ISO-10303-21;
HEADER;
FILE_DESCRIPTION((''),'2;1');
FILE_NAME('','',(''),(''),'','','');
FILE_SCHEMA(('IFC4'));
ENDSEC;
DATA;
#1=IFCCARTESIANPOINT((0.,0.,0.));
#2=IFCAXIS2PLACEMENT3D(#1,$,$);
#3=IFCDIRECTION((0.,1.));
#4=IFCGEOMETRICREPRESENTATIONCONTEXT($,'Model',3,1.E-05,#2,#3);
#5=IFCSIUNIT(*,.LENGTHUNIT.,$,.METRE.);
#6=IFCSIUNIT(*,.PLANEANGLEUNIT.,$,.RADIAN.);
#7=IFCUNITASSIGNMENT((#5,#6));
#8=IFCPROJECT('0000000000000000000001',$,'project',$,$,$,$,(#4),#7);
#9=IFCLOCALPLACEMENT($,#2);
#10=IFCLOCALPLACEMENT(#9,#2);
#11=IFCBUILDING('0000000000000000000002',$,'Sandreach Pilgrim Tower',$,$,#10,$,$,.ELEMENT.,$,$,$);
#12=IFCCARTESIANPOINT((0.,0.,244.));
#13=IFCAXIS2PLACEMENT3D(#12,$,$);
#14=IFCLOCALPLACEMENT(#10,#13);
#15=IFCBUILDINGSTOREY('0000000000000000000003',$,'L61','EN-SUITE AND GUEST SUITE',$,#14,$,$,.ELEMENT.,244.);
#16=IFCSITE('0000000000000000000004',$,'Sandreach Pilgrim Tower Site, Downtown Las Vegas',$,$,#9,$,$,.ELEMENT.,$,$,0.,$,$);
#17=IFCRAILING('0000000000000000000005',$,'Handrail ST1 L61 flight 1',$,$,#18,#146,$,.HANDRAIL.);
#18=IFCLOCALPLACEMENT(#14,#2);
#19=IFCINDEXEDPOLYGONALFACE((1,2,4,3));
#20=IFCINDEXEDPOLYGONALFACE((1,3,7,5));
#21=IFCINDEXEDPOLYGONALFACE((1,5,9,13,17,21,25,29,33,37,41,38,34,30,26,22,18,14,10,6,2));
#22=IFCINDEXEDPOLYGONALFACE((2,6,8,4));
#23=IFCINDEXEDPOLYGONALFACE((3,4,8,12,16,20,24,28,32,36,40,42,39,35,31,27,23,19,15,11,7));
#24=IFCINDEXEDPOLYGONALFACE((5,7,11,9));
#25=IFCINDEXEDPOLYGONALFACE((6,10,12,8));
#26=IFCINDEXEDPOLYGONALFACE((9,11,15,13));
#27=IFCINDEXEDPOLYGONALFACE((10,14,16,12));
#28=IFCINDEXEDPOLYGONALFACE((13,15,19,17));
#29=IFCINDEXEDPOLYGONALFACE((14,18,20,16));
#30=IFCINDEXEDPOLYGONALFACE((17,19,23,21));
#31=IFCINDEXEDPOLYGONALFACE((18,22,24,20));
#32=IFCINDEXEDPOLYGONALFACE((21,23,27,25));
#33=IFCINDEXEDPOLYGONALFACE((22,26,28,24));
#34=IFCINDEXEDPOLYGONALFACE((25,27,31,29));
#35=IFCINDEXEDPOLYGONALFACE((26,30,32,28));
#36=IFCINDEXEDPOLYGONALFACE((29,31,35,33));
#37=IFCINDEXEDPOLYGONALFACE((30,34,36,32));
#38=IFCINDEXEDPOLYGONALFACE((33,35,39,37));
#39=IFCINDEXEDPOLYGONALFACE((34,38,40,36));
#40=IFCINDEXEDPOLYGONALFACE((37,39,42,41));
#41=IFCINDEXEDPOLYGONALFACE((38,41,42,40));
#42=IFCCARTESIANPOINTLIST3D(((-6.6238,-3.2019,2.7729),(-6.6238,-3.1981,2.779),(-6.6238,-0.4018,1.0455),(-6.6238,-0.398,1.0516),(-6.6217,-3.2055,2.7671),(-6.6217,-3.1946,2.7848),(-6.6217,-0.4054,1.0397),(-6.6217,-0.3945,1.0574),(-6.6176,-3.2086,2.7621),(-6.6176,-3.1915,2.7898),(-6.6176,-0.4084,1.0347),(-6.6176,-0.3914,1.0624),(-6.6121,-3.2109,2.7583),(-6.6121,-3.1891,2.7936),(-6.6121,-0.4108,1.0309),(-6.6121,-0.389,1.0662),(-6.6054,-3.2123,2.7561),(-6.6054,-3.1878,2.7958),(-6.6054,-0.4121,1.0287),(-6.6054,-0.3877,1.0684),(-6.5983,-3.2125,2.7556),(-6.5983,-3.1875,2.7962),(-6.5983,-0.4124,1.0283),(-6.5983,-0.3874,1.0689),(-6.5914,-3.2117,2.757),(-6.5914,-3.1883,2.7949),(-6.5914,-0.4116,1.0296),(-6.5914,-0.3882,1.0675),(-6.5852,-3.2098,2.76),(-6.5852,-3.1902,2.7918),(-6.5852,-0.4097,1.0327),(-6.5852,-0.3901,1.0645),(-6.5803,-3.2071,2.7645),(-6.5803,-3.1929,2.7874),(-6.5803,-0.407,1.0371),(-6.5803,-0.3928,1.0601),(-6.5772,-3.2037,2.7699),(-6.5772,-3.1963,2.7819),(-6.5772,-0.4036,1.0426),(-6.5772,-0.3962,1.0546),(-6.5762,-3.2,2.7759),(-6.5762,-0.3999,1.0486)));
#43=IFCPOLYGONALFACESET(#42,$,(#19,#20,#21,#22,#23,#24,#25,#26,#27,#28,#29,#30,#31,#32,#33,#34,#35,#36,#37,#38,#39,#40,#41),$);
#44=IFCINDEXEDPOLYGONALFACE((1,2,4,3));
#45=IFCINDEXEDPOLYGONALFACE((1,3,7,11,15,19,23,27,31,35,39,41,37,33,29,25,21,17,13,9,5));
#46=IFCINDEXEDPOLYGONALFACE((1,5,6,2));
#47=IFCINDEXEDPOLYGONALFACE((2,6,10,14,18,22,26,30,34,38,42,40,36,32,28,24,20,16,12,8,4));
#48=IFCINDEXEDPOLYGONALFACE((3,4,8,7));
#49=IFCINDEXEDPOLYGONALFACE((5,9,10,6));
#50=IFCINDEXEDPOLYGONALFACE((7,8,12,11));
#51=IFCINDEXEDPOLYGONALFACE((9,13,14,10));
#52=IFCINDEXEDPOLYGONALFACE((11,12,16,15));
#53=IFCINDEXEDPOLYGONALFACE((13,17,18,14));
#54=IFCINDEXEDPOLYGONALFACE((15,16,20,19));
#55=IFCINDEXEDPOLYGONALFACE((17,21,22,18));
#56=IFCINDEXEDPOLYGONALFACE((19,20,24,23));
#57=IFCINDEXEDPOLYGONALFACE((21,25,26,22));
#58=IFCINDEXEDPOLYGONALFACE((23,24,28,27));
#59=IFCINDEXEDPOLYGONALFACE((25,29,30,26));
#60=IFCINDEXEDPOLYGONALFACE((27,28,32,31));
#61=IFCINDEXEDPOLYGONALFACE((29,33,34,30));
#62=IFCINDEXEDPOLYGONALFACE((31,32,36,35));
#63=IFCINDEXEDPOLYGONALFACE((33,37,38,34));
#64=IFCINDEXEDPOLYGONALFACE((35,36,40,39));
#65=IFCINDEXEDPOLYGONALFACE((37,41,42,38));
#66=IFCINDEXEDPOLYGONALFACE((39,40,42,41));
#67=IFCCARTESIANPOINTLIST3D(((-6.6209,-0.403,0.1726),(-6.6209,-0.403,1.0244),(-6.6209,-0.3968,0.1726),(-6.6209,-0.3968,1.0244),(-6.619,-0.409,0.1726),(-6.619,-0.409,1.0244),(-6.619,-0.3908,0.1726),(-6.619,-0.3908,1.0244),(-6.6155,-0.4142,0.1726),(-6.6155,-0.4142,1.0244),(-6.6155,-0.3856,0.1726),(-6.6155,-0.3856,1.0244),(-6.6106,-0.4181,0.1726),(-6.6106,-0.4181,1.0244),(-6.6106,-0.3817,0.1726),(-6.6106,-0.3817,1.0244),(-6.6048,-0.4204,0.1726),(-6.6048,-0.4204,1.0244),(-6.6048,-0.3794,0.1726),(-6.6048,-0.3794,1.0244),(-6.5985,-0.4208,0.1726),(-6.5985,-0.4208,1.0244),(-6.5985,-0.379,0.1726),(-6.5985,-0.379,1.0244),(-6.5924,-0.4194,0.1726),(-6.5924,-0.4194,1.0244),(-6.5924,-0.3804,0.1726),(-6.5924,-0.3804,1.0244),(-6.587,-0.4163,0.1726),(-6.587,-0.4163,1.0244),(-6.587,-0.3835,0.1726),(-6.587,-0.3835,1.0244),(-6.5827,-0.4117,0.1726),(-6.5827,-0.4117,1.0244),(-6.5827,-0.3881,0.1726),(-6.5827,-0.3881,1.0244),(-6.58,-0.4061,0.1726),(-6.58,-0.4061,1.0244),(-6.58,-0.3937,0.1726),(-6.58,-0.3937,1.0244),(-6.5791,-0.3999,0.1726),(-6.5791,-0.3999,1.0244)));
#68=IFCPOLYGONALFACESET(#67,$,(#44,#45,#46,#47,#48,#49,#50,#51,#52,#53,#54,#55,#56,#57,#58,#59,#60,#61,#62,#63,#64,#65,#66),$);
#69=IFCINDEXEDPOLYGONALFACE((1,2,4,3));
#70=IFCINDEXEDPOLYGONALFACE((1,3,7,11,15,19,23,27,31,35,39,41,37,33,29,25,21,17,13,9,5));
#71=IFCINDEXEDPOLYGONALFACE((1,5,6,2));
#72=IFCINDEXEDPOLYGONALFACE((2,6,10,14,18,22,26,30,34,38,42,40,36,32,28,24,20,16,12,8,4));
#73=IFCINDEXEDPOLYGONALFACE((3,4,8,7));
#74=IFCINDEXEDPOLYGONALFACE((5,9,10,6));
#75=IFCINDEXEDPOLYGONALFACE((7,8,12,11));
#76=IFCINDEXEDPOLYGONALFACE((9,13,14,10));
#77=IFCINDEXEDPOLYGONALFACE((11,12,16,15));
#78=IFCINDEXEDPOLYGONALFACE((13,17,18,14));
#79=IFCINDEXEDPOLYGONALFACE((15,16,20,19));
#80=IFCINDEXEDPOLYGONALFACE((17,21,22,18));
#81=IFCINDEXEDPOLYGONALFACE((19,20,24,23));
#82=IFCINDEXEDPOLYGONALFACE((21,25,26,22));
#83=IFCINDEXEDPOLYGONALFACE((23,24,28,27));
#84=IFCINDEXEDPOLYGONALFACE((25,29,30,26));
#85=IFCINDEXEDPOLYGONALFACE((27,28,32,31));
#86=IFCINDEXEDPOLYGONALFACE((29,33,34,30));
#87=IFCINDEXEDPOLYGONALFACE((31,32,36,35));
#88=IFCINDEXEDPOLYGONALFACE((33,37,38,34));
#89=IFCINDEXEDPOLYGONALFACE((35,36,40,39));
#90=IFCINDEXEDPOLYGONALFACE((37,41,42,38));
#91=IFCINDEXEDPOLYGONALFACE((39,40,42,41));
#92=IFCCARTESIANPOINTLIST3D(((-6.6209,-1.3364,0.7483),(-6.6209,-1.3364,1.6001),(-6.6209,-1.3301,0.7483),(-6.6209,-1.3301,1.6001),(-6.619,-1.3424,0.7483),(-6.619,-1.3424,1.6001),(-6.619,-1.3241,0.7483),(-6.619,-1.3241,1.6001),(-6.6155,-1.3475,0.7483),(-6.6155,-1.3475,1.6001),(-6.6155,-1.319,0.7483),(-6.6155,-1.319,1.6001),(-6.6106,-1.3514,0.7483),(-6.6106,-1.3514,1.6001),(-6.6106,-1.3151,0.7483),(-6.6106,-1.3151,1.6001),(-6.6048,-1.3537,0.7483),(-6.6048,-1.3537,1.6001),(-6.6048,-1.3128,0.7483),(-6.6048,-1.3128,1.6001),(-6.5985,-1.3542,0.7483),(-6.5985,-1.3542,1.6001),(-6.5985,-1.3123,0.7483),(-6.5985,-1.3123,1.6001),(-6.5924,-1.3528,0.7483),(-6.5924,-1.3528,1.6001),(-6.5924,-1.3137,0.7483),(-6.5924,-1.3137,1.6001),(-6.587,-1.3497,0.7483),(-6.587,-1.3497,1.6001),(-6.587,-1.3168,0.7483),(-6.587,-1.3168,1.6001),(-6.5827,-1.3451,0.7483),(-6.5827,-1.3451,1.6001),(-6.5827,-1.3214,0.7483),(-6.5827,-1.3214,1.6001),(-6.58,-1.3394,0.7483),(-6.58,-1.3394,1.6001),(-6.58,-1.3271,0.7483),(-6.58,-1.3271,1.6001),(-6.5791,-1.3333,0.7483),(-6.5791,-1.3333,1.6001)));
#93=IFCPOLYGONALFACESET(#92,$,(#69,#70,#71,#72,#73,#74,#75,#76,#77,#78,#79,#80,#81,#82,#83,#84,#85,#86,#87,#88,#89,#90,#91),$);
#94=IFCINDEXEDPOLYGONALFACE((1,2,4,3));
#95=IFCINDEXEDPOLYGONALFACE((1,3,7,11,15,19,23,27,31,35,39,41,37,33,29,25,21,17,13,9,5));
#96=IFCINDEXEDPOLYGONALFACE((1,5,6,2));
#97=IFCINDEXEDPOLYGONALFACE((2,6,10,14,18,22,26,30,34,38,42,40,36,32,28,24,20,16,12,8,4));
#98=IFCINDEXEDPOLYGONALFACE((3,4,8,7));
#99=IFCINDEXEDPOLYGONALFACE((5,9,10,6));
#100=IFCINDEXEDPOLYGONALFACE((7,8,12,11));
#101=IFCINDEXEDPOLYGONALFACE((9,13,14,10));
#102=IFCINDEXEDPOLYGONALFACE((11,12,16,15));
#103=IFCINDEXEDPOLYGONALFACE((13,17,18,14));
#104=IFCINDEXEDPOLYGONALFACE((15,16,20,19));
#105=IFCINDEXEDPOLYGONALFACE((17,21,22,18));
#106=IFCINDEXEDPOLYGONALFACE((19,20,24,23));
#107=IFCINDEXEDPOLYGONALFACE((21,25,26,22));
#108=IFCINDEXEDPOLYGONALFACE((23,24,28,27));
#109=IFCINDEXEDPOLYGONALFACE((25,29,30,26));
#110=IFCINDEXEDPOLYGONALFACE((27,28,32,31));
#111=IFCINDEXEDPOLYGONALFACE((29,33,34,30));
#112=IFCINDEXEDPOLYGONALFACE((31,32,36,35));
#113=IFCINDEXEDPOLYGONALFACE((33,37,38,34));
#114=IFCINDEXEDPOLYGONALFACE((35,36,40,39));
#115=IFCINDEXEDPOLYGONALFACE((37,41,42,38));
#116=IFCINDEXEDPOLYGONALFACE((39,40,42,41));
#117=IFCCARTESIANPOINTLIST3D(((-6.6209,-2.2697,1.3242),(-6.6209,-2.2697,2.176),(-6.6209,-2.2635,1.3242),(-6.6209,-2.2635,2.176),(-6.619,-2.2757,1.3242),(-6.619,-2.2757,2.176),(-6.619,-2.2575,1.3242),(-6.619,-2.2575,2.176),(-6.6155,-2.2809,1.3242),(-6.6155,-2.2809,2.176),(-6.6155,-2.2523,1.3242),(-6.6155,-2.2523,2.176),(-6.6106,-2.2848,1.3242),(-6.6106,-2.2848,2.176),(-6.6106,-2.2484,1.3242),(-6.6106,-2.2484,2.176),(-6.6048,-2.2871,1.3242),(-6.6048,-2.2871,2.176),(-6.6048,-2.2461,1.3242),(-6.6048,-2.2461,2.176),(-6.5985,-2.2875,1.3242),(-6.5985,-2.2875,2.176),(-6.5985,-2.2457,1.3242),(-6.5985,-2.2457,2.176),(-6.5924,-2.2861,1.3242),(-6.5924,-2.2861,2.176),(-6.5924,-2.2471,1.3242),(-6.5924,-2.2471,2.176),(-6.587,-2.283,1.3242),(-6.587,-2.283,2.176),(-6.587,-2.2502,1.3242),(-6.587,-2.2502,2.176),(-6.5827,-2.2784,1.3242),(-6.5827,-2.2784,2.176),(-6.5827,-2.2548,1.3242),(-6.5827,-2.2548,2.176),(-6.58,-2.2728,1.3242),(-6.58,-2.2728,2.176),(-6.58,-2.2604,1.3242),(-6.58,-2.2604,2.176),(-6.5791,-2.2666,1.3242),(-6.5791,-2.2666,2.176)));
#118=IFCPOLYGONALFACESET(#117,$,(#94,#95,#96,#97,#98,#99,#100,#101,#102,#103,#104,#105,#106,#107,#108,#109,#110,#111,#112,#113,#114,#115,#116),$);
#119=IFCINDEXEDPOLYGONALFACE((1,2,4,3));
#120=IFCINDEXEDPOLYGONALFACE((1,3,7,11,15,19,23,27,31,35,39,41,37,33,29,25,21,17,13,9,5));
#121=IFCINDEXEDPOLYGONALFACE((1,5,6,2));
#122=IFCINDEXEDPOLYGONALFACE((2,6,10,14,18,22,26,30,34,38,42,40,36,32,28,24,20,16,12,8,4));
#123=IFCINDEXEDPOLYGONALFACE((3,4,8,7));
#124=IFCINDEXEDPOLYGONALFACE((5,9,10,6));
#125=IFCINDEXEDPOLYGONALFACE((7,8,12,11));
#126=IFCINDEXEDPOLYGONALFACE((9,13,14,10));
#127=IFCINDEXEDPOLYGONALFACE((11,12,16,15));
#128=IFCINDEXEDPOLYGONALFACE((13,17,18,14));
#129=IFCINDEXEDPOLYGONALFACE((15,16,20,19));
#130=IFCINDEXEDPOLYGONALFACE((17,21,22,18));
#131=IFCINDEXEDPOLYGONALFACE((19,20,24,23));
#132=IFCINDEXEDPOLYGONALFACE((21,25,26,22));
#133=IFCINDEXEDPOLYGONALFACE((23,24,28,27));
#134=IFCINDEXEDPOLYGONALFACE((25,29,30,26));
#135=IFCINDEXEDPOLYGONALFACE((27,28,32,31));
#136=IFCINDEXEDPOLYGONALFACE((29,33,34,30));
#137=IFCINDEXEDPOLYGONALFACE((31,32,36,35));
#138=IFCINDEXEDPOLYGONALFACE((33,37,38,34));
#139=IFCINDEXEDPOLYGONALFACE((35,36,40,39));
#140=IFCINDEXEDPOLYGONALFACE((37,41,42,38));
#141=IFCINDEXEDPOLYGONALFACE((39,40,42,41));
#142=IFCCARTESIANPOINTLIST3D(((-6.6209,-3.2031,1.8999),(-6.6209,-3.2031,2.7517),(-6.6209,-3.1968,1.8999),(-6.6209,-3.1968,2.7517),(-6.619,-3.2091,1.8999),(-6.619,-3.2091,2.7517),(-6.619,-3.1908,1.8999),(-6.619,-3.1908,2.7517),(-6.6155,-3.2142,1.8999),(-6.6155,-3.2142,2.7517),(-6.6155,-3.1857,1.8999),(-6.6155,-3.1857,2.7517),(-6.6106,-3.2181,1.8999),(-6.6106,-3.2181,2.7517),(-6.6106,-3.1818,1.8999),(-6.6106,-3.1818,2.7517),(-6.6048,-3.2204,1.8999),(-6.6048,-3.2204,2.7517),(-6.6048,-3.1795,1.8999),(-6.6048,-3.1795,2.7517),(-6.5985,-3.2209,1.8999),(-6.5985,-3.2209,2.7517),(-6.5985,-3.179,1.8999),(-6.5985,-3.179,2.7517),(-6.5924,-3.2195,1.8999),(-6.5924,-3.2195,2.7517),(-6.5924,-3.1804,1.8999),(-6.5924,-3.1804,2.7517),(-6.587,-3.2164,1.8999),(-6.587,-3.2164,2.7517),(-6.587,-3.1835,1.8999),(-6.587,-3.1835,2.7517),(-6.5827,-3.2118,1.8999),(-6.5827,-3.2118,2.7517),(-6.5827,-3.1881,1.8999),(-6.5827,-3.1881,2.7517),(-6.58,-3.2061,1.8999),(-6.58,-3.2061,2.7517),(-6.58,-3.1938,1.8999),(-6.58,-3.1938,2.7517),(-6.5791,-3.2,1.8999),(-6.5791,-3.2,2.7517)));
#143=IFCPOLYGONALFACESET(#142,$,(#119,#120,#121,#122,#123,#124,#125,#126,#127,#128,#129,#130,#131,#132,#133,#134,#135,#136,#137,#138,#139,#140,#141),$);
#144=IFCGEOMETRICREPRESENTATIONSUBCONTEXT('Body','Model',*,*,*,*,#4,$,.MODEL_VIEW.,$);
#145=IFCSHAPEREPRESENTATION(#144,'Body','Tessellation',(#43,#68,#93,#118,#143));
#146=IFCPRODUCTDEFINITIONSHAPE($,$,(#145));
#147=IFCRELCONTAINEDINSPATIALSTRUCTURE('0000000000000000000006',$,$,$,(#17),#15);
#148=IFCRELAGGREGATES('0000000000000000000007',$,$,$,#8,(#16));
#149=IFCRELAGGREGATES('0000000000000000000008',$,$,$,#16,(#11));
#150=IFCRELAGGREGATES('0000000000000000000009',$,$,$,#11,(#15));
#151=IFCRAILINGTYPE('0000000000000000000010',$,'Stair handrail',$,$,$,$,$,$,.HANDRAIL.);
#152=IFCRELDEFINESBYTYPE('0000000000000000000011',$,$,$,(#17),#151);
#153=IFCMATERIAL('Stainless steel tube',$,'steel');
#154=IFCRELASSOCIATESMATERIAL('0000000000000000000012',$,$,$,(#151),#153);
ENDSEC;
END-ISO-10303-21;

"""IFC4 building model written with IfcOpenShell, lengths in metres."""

from ifc_helpers import new_model, si_unit, direction, frame, origin, origin_2d, place, context, subcontext, project, spatial, circle, extrude, material, type_object, element, save


model = new_model("IFC4")

# Units and contexts
model_context = context("Model", 3, precision=1e-05, world=origin(), true_north=direction((0.0, 1.0)))
body_context = subcontext(model_context, "Body", "Model", "MODEL_VIEW")
ifc_project = project(units=[si_unit("LENGTHUNIT", "METRE"), si_unit("PLANEANGLEUNIT", "RADIAN")], contexts=[model_context])

# Site, building, storey
site_placement = place(None, origin())
site = spatial("IfcSite", under=ifc_project, at=site_placement, Name="Sandreach Pilgrim Tower Site, Downtown Las Vegas", CompositionType="ELEMENT", RefElevation=0.0)
building_placement = place(site_placement, origin())
building = spatial("IfcBuilding", under=site, at=building_placement, Name="Sandreach Pilgrim Tower", CompositionType="ELEMENT")
storey_placement = place(building_placement, frame((0.0, 0.0, 244.0)))
storey = spatial("IfcBuildingStorey", under=building, at=storey_placement, Name="L61", Description="EN-SUITE AND GUEST SUITE", CompositionType="ELEMENT", Elevation=244.0)

# Railing
ifc_material_1 = material(Name="Stainless steel tube", Category="steel")
railing_type = type_object("IfcRailingType", Name="Stair handrail", PredefinedType="HANDRAIL", material=ifc_material_1)
for number, where, name in (
    (1, (-6.6001, -0.3999, 0.1726), "Handrail ST1 L61 flight 1"),
):
    element("IfcRailing", number, at=place(storey_placement, frame(where)), inside=storey, type_object=railing_type, Name=name, PredefinedType="HANDRAIL", context=body_context, shape_type="SweptSolid", body=[
        extrude(circle(Radius=0.0239, at=origin_2d()), frame((0.0, 0.0, 0.876), z_axis=(0.0, -0.85109, 0.52502), x_axis=(1.0, 0.0, 0.0)), (0.0, 0.0, 1.0), 3.29),
        extrude(circle(Radius=0.021, at=origin_2d()), origin(), (0.0, 0.0, 1.0), 0.8518),
        extrude(circle(Radius=0.021, at=origin_2d()), frame((0.0, -0.9333, 0.5757)), (0.0, 0.0, 1.0), 0.8518),
        extrude(circle(Radius=0.021, at=origin_2d()), frame((0.0, -1.8667, 1.1516)), (0.0, 0.0, 1.0), 0.8518),
        extrude(circle(Radius=0.021, at=origin_2d()), frame((0.0, -2.8, 1.7273)), (0.0, 0.0, 1.0), 0.8518),
    ])

save(model, "model.ifc")
